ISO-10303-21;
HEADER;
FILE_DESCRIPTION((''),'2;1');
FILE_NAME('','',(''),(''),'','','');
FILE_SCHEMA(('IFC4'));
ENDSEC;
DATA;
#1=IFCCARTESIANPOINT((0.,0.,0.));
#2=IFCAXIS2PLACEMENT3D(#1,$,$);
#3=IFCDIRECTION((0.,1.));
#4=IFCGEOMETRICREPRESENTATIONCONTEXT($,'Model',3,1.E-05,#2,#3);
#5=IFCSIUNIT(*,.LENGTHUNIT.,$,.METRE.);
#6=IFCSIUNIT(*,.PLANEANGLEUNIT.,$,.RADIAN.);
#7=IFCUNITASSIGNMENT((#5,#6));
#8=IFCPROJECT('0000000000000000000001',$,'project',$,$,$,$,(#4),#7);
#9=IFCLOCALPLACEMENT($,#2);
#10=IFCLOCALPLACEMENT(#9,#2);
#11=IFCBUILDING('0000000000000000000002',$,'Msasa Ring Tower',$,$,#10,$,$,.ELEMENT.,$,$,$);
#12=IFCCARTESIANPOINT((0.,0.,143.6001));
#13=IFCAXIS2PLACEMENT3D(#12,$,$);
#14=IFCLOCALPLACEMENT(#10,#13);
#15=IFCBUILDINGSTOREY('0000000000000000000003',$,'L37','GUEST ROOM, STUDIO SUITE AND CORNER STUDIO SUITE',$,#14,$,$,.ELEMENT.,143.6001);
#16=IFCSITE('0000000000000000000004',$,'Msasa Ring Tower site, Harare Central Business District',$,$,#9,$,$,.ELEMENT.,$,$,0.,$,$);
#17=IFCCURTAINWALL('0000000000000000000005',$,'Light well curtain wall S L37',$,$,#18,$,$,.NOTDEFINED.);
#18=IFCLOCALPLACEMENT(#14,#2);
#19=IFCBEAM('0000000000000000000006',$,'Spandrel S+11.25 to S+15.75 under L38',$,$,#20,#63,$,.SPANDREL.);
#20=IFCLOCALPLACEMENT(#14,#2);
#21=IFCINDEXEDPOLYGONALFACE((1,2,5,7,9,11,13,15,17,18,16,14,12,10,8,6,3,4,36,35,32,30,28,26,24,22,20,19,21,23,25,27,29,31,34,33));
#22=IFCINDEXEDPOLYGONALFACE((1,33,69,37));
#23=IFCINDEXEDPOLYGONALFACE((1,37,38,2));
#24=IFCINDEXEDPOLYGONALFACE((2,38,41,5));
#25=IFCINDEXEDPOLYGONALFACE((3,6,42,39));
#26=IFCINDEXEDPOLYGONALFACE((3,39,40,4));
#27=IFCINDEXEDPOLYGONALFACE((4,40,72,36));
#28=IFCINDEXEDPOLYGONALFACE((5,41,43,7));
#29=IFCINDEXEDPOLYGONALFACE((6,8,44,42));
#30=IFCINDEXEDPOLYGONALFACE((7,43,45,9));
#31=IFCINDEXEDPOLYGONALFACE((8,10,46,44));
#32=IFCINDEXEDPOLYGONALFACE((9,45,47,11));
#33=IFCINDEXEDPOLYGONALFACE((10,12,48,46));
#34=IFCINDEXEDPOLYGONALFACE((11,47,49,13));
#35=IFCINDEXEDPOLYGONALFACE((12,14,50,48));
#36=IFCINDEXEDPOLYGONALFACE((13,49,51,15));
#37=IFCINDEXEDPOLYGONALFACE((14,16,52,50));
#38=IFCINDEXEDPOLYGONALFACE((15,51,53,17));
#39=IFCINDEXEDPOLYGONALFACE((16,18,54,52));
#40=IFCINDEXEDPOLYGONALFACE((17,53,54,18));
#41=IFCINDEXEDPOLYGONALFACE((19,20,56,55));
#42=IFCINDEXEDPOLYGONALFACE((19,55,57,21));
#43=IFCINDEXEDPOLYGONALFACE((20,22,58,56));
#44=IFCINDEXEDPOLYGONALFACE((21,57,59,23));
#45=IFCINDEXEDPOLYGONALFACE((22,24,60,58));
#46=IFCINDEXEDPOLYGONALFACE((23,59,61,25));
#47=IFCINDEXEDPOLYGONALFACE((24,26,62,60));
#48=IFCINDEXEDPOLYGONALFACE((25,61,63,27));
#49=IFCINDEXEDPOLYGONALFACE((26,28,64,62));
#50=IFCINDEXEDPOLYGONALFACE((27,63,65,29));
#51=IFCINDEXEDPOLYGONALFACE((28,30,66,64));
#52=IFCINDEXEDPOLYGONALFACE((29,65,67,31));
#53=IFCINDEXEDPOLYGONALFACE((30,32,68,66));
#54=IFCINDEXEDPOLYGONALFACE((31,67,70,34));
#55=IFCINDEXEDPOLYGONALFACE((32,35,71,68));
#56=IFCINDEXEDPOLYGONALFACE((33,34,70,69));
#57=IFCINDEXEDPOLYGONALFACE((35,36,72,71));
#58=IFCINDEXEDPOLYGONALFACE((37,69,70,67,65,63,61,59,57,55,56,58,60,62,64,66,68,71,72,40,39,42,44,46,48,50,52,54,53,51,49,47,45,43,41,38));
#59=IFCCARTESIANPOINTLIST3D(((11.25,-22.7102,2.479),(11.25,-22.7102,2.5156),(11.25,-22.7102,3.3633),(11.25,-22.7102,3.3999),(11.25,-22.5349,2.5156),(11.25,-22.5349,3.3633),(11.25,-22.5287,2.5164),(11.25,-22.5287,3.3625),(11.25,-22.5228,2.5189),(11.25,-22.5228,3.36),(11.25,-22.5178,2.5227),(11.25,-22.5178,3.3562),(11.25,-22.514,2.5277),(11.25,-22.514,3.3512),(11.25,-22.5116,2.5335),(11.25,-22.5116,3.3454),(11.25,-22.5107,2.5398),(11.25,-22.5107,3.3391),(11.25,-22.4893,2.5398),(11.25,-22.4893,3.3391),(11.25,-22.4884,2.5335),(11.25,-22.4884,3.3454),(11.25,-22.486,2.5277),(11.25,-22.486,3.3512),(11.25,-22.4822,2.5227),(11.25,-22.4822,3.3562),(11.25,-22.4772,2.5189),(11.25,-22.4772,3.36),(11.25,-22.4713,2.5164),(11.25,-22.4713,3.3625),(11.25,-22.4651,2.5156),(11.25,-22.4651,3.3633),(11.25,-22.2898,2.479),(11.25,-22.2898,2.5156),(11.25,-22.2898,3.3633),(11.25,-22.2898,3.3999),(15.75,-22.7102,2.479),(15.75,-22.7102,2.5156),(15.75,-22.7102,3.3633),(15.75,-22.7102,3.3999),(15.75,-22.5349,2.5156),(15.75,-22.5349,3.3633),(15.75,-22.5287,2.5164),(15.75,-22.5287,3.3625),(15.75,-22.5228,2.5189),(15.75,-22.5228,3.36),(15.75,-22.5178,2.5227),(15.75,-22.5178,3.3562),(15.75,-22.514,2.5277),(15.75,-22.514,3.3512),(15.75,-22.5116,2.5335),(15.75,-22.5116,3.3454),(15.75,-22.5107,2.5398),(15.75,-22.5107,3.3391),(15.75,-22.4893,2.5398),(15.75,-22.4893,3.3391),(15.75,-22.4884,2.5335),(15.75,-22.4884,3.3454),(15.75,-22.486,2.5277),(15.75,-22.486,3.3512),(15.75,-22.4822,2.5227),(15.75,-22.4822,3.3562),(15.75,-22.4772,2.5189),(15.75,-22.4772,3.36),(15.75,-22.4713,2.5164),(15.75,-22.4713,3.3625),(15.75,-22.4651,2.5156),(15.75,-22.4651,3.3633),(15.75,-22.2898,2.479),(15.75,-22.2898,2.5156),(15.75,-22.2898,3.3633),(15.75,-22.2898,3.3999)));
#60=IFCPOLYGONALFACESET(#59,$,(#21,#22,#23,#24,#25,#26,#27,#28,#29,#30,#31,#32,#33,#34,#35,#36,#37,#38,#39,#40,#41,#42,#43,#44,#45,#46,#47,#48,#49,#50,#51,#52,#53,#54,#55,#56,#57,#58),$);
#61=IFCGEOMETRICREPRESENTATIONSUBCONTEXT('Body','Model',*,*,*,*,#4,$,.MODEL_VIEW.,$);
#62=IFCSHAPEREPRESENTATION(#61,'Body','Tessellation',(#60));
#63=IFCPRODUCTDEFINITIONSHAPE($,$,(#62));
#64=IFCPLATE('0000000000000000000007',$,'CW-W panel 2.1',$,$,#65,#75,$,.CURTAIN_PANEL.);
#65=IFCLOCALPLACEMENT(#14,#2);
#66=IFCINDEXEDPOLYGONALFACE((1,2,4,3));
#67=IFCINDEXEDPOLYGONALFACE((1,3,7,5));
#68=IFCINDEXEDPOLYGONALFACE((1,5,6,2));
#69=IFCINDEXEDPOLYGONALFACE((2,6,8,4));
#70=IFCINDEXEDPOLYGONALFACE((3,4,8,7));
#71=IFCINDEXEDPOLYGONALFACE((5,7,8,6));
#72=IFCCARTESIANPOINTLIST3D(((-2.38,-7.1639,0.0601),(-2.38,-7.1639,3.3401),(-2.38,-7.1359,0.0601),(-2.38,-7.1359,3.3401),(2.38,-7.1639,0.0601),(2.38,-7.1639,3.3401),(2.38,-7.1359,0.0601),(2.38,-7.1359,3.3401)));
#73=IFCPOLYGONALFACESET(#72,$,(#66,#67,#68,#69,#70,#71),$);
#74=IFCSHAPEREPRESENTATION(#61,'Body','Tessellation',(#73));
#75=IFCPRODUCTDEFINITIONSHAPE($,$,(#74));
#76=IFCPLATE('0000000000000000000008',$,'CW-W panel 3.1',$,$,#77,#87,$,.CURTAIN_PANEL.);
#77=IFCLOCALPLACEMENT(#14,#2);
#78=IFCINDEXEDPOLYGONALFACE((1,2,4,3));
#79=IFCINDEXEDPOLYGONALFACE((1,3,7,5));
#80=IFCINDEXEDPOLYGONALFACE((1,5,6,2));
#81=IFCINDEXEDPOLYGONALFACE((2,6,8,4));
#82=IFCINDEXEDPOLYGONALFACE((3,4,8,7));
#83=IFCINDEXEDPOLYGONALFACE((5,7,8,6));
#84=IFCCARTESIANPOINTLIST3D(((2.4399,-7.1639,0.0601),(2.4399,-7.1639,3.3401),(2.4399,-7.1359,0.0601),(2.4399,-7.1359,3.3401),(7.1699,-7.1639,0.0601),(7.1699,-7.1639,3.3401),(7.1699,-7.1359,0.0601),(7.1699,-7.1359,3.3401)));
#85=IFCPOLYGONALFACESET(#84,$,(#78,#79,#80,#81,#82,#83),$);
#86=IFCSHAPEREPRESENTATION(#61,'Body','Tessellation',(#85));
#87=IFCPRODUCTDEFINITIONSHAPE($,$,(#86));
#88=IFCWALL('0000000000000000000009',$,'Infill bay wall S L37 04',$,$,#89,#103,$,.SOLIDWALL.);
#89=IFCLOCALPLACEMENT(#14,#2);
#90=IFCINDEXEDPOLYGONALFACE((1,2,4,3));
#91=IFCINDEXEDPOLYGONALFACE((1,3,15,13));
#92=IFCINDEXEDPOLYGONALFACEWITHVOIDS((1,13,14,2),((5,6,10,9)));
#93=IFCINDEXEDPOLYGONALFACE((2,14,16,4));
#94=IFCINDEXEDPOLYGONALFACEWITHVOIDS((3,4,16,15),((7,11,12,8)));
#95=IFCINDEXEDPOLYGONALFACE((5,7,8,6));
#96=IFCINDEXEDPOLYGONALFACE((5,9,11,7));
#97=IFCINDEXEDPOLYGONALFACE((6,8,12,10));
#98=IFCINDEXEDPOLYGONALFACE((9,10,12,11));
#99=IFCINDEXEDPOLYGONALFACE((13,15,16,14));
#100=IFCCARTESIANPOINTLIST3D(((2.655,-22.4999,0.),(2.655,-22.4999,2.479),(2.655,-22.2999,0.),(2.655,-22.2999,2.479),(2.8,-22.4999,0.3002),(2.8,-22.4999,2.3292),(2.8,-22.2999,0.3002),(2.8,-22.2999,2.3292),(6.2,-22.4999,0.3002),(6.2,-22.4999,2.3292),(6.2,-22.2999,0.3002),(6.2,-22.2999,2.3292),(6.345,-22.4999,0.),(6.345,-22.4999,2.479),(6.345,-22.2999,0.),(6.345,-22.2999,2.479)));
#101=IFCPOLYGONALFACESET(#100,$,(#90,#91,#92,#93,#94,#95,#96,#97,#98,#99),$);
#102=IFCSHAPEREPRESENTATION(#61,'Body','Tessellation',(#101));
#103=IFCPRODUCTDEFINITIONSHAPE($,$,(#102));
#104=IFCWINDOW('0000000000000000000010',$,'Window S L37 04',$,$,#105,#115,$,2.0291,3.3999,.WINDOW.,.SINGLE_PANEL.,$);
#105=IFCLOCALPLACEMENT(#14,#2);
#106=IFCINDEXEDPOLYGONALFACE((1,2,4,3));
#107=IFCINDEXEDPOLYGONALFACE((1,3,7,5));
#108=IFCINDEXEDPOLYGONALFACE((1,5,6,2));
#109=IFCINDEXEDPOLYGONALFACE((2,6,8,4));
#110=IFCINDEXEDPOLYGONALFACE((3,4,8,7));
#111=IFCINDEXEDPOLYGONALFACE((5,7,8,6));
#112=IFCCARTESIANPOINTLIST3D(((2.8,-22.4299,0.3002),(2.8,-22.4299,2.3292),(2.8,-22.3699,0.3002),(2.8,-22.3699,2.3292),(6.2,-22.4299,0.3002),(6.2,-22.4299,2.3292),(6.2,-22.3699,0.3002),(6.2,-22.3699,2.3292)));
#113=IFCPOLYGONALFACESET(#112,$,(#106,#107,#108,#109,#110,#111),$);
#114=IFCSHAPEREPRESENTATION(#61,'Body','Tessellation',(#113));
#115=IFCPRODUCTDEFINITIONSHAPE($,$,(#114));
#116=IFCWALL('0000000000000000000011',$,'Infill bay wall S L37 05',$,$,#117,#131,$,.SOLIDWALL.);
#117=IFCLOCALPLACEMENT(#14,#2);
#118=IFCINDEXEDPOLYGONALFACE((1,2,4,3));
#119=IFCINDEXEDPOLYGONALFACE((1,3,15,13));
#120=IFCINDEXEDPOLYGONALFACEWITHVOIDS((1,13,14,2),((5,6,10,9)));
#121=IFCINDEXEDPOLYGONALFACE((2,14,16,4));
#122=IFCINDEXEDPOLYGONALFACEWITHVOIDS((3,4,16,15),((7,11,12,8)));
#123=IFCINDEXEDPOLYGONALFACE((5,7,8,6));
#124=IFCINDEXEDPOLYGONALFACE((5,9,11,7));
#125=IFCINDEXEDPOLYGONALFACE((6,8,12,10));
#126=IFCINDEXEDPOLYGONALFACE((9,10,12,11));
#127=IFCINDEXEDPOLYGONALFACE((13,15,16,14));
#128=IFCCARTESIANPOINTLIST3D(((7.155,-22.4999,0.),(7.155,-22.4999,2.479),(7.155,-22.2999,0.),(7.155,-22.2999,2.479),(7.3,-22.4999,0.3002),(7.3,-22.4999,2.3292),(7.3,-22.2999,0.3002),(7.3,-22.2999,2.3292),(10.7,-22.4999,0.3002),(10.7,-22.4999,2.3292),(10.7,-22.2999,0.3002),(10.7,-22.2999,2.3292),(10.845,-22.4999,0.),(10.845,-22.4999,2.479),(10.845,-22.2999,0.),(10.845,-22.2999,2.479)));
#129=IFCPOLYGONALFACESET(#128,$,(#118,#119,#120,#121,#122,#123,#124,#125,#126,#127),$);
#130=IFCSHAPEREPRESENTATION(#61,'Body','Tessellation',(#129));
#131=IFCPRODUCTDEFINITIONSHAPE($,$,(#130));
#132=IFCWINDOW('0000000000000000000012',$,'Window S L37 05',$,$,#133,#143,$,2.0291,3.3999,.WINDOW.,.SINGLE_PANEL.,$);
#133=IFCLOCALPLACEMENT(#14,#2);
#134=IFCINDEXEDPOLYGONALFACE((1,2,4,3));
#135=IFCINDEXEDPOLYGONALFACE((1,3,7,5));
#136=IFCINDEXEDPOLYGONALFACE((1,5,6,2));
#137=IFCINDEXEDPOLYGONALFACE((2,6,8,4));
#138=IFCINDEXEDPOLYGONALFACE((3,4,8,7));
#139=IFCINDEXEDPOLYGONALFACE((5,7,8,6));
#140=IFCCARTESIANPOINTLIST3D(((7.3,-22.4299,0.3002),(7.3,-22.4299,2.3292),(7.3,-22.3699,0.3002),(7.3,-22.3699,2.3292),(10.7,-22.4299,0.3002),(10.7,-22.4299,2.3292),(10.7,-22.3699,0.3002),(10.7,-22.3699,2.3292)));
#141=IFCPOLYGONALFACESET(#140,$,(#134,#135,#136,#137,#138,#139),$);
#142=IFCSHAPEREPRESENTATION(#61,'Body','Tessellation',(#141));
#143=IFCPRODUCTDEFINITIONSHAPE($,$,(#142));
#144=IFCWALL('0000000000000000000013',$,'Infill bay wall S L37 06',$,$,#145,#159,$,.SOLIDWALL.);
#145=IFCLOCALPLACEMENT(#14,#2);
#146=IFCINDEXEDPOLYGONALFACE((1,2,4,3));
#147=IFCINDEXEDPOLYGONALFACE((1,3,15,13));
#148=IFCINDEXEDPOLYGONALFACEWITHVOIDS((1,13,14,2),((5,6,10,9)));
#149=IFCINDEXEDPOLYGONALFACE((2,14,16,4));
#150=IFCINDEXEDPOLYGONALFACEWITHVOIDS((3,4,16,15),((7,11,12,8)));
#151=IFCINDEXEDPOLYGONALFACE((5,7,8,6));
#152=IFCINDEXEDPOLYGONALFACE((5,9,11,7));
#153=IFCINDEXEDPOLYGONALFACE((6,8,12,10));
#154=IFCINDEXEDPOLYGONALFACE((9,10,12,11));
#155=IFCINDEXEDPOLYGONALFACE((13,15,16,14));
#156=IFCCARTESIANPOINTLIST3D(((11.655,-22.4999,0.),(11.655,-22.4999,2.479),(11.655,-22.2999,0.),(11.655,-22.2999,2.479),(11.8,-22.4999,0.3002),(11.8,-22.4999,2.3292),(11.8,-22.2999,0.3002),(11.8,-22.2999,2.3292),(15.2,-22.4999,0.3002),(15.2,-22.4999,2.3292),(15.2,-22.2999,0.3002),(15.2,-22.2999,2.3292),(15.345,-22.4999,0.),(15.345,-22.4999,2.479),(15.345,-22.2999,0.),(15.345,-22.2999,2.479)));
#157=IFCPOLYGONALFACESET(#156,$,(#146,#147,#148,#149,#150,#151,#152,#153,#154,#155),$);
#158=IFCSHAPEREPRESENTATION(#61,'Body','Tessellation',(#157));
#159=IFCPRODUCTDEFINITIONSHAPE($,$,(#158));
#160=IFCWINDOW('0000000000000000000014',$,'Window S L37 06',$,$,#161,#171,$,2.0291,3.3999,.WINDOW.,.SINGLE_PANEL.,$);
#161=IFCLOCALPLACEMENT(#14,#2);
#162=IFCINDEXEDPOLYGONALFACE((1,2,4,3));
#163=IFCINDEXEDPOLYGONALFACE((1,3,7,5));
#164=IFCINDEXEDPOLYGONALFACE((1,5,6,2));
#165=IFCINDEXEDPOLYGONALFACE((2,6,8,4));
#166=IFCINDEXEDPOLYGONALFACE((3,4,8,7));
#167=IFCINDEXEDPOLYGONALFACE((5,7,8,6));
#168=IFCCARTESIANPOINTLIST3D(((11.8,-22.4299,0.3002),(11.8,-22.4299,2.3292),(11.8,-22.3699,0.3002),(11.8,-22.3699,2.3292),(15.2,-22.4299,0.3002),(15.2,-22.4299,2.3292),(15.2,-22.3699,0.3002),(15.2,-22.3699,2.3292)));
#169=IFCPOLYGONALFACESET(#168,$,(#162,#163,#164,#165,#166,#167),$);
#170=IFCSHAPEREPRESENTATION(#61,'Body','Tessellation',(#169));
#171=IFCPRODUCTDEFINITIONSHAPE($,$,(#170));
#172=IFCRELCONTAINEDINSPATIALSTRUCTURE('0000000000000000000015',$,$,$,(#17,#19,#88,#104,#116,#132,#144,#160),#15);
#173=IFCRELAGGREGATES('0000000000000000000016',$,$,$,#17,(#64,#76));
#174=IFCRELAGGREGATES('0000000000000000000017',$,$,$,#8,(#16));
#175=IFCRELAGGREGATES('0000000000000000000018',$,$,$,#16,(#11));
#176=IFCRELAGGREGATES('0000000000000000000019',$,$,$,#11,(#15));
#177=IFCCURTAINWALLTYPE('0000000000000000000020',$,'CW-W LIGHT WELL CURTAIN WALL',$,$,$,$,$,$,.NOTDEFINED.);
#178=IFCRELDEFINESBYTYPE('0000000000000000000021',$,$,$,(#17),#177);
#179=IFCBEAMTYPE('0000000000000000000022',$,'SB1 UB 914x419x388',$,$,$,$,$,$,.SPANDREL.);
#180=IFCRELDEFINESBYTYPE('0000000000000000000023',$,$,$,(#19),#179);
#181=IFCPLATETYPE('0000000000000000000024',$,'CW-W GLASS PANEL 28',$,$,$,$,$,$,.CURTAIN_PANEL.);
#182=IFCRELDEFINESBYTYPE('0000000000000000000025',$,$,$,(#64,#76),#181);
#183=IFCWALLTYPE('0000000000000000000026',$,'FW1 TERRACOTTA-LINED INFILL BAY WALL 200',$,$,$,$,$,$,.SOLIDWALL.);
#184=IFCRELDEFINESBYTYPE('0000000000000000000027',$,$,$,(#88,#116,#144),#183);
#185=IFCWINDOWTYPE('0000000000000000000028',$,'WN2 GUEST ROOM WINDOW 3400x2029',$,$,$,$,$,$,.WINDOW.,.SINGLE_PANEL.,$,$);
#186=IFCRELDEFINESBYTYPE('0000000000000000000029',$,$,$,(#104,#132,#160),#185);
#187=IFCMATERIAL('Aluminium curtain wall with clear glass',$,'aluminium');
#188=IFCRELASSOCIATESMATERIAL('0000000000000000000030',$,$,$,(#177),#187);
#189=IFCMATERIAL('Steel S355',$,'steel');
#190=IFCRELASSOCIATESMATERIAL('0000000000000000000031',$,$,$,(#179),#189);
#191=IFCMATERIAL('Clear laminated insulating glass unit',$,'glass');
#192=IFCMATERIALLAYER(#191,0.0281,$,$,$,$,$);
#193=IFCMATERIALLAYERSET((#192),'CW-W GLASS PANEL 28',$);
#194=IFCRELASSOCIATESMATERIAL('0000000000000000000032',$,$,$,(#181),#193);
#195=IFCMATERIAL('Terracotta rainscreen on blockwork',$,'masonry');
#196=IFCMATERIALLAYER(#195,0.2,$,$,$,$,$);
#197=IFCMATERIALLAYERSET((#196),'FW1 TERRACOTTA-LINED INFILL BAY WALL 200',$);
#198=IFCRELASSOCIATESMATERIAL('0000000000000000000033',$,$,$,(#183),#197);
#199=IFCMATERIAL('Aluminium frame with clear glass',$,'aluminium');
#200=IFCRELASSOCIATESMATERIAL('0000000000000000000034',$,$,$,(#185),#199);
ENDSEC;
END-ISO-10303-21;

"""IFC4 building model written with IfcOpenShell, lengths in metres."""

from ifc_helpers import new_model, si_unit, direction, frame, frame_2d, origin, origin_2d, place, context, subcontext, project, spatial, rectangle, i_section, extrude, material, layer, layer_set, material_profile, profile_set, type_object, element, fill, aggregate, save


model = new_model("IFC4")

# Units and contexts
model_context = context("Model", 3, precision=1e-05, world=origin(), true_north=direction((0.0, 1.0)))
body_context = subcontext(model_context, "Body", "Model", "MODEL_VIEW")
ifc_project = project(units=[si_unit("LENGTHUNIT", "METRE"), si_unit("PLANEANGLEUNIT", "RADIAN")], contexts=[model_context])

# Site, building, storey
site_placement = place(None, origin())
site = spatial("IfcSite", under=ifc_project, at=site_placement, Name="Msasa Ring Tower site, Harare Central Business District", CompositionType="ELEMENT", RefElevation=0.0)
building_placement = place(site_placement, origin())
building = spatial("IfcBuilding", under=site, at=building_placement, Name="Msasa Ring Tower", CompositionType="ELEMENT")
storey_placement = place(building_placement, frame((0.0, 0.0, 143.6001)))
storey = spatial("IfcBuildingStorey", under=building, at=storey_placement, Name="L37", Description="GUEST ROOM, STUDIO SUITE AND CORNER STUDIO SUITE", CompositionType="ELEMENT", Elevation=143.6001)

# Curtain wall
ifc_material_1 = material(Name="Aluminium curtain wall with clear glass", Category="aluminium")
curtain_wall_type = type_object("IfcCurtainWallType", Name="CW-W LIGHT WELL CURTAIN WALL", PredefinedType="NOTDEFINED", material=ifc_material_1)
curtain_wall_1_placement = place(storey_placement, origin())
curtain_wall_1 = element("IfcCurtainWall", 1, at=curtain_wall_1_placement, inside=storey, type_object=curtain_wall_type, Name="Light well curtain wall S L37", PredefinedType="NOTDEFINED")

# Beam
ifc_material_2 = material(Name="Steel S355", Category="steel")
ifc_material_profile_1 = material_profile(ifc_material_2, i_section(OverallWidth=0.4204, OverallDepth=0.9209, WebThickness=0.0215, FlangeThickness=0.0366, FilletRadius=0.0242, at=origin_2d()), Name="UB 914x419x388")
ifc_profile_set_1 = profile_set([ifc_material_profile_1], Name="Steel S355")
beam_type_1 = type_object("IfcBeamType", Name="SB1 UB 914x419x388", PredefinedType="SPANDREL", material=ifc_profile_set_1)
for number, where, z_axis, x_axis, name in (
    (2, (11.25, -22.5, 2.9395), (1.0, 0.0, 0.0), (0.0, 1.0, 0.0), "Spandrel S+11.25 to S+15.75 under L38"),
):
    element("IfcBeam", number, at=place(storey_placement, frame(where, z_axis=z_axis, x_axis=x_axis)), inside=storey, type_object=beam_type_1, Name=name, PredefinedType="SPANDREL", context=body_context, shape_type="SweptSolid", body=[
        extrude(i_section(OverallWidth=0.4204, OverallDepth=0.9209, WebThickness=0.0215, FlangeThickness=0.0366, FilletRadius=0.0242, at=origin_2d()), origin(), (0.0, 0.0, 1.0), 4.5),
    ])

# Plates
ifc_material_3 = material(Name="Clear laminated insulating glass unit", Category="glass")
ifc_layer_1 = layer(ifc_material_3, 0.0281)
ifc_layer_set_1 = layer_set([ifc_layer_1], Name="CW-W GLASS PANEL 28")
plate_type = type_object("IfcPlateType", Name="CW-W GLASS PANEL 28", PredefinedType="CURTAIN_PANEL", material=ifc_layer_set_1)
plate_1_placement = place(storey_placement, frame((0.0, -7.1499, 0.0601), z_axis=(0.0, 0.0, 1.0), x_axis=(1.0, 0.0, 0.0)))
plate_1 = element("IfcPlate", 3, at=plate_1_placement, type_object=plate_type, Name="CW-W panel 2.1", PredefinedType="CURTAIN_PANEL", context=body_context, shape_type="SweptSolid", body=[
    extrude(rectangle(XDim=4.76, YDim=0.0281, at=origin_2d()), origin(), (0.0, 0.0, 1.0), 3.28),
])
plate_2_placement = place(storey_placement, frame((4.8049, -7.1499, 0.0601), z_axis=(0.0, 0.0, 1.0), x_axis=(1.0, 0.0, 0.0)))
plate_2 = element("IfcPlate", 4, at=plate_2_placement, type_object=plate_type, Name="CW-W panel 3.1", PredefinedType="CURTAIN_PANEL", context=body_context, shape_type="SweptSolid", body=[
    extrude(rectangle(XDim=4.73, YDim=0.0281, at=origin_2d()), origin(), (0.0, 0.0, 1.0), 3.28),
])
aggregate(curtain_wall_1, [plate_1, plate_2])

# Walls, openings, windows
ifc_material_4 = material(Name="Terracotta rainscreen on blockwork", Category="masonry")
ifc_layer_2 = layer(ifc_material_4, 0.2)
ifc_layer_set_2 = layer_set([ifc_layer_2], Name="FW1 TERRACOTTA-LINED INFILL BAY WALL 200")
wall_type_1 = type_object("IfcWallType", Name="FW1 TERRACOTTA-LINED INFILL BAY WALL 200", PredefinedType="SOLIDWALL", material=ifc_layer_set_2)
wall_1_placement = place(storey_placement, frame((2.655, -22.3999, 0.0), z_axis=(0.0, 0.0, 1.0), x_axis=(1.0, 0.0, 0.0)))
wall_1 = element("IfcWall", 5, at=wall_1_placement, inside=storey, type_object=wall_type_1, Name="Infill bay wall S L37 04", PredefinedType="SOLIDWALL", context=body_context, shape_type="SweptSolid", body=[
    extrude(rectangle(XDim=3.6899, YDim=0.2, at=frame_2d((1.845, 0.0))), origin(), (0.0, 0.0, 1.0), 2.479),
])
opening_1_placement = place(wall_1_placement, frame((0.145, 0.0, 0.3)))
opening_1 = element("IfcOpeningElement", 6, at=opening_1_placement, cuts=wall_1, PredefinedType="OPENING", context=body_context, shape_type="SweptSolid", body=[
    extrude(rectangle(XDim=3.3999, YDim=2.0291, at=frame_2d((1.7, 1.0146))), frame((0.0, 0.1099, 0.0), z_axis=(0.0, -1.0, 0.0), x_axis=(1.0, 0.0, 0.0)), (0.0, 0.0, 1.0), 0.22),
])
ifc_material_5 = material(Name="Aluminium frame with clear glass", Category="aluminium")
window_type = type_object("IfcWindowType", Name="WN2 GUEST ROOM WINDOW 3400x2029", PartitioningType="SINGLE_PANEL", PredefinedType="WINDOW", material=ifc_material_5)
window_1_placement = place(opening_1_placement, origin())
window_1 = element("IfcWindow", 7, at=window_1_placement, inside=storey, type_object=window_type, Name="Window S L37 04", OverallHeight=2.0291, OverallWidth=3.3999, PartitioningType="SINGLE_PANEL", PredefinedType="WINDOW", context=body_context, shape_type="SweptSolid", body=[
    extrude(rectangle(XDim=3.3999, YDim=2.0291, at=frame_2d((1.7, 1.0146))), frame((0.0, 0.03, 0.0), z_axis=(0.0, -1.0, 0.0), x_axis=(1.0, 0.0, 0.0)), (0.0, 0.0, 1.0), 0.0601),
])
fill(opening_1, window_1)
wall_2_placement = place(storey_placement, frame((7.155, -22.3999, 0.0), z_axis=(0.0, 0.0, 1.0), x_axis=(1.0, 0.0, 0.0)))
wall_2 = element("IfcWall", 8, at=wall_2_placement, inside=storey, type_object=wall_type_1, Name="Infill bay wall S L37 05", PredefinedType="SOLIDWALL", context=body_context, shape_type="SweptSolid", body=[
    extrude(rectangle(XDim=3.6899, YDim=0.2, at=frame_2d((1.845, 0.0))), origin(), (0.0, 0.0, 1.0), 2.479),
])
opening_2_placement = place(wall_2_placement, frame((0.145, 0.0, 0.3)))
opening_2 = element("IfcOpeningElement", 9, at=opening_2_placement, cuts=wall_2, PredefinedType="OPENING", context=body_context, shape_type="SweptSolid", body=[
    extrude(rectangle(XDim=3.3999, YDim=2.0291, at=frame_2d((1.7, 1.0146))), frame((0.0, 0.1099, 0.0), z_axis=(0.0, -1.0, 0.0), x_axis=(1.0, 0.0, 0.0)), (0.0, 0.0, 1.0), 0.22),
])
window_2_placement = place(opening_2_placement, origin())
window_2 = element("IfcWindow", 10, at=window_2_placement, inside=storey, type_object=window_type, Name="Window S L37 05", OverallHeight=2.0291, OverallWidth=3.3999, PartitioningType="SINGLE_PANEL", PredefinedType="WINDOW", context=body_context, shape_type="SweptSolid", body=[
    extrude(rectangle(XDim=3.3999, YDim=2.0291, at=frame_2d((1.7, 1.0146))), frame((0.0, 0.03, 0.0), z_axis=(0.0, -1.0, 0.0), x_axis=(1.0, 0.0, 0.0)), (0.0, 0.0, 1.0), 0.0601),
])
fill(opening_2, window_2)
wall_3_placement = place(storey_placement, frame((11.655, -22.3999, 0.0), z_axis=(0.0, 0.0, 1.0), x_axis=(1.0, 0.0, 0.0)))
wall_3 = element("IfcWall", 11, at=wall_3_placement, inside=storey, type_object=wall_type_1, Name="Infill bay wall S L37 06", PredefinedType="SOLIDWALL", context=body_context, shape_type="SweptSolid", body=[
    extrude(rectangle(XDim=3.6899, YDim=0.2, at=frame_2d((1.845, 0.0))), origin(), (0.0, 0.0, 1.0), 2.479),
])
opening_3_placement = place(wall_3_placement, frame((0.145, 0.0, 0.3)))
opening_3 = element("IfcOpeningElement", 12, at=opening_3_placement, cuts=wall_3, PredefinedType="OPENING", context=body_context, shape_type="SweptSolid", body=[
    extrude(rectangle(XDim=3.3999, YDim=2.0291, at=frame_2d((1.7, 1.0146))), frame((0.0, 0.1099, 0.0), z_axis=(0.0, -1.0, 0.0), x_axis=(1.0, 0.0, 0.0)), (0.0, 0.0, 1.0), 0.22),
])
window_3_placement = place(opening_3_placement, origin())
window_3 = element("IfcWindow", 13, at=window_3_placement, inside=storey, type_object=window_type, Name="Window S L37 06", OverallHeight=2.0291, OverallWidth=3.3999, PartitioningType="SINGLE_PANEL", PredefinedType="WINDOW", context=body_context, shape_type="SweptSolid", body=[
    extrude(rectangle(XDim=3.3999, YDim=2.0291, at=frame_2d((1.7, 1.0146))), frame((0.0, 0.03, 0.0), z_axis=(0.0, -1.0, 0.0), x_axis=(1.0, 0.0, 0.0)), (0.0, 0.0, 1.0), 0.0601),
])
fill(opening_3, window_3)

save(model, "model.ifc")
